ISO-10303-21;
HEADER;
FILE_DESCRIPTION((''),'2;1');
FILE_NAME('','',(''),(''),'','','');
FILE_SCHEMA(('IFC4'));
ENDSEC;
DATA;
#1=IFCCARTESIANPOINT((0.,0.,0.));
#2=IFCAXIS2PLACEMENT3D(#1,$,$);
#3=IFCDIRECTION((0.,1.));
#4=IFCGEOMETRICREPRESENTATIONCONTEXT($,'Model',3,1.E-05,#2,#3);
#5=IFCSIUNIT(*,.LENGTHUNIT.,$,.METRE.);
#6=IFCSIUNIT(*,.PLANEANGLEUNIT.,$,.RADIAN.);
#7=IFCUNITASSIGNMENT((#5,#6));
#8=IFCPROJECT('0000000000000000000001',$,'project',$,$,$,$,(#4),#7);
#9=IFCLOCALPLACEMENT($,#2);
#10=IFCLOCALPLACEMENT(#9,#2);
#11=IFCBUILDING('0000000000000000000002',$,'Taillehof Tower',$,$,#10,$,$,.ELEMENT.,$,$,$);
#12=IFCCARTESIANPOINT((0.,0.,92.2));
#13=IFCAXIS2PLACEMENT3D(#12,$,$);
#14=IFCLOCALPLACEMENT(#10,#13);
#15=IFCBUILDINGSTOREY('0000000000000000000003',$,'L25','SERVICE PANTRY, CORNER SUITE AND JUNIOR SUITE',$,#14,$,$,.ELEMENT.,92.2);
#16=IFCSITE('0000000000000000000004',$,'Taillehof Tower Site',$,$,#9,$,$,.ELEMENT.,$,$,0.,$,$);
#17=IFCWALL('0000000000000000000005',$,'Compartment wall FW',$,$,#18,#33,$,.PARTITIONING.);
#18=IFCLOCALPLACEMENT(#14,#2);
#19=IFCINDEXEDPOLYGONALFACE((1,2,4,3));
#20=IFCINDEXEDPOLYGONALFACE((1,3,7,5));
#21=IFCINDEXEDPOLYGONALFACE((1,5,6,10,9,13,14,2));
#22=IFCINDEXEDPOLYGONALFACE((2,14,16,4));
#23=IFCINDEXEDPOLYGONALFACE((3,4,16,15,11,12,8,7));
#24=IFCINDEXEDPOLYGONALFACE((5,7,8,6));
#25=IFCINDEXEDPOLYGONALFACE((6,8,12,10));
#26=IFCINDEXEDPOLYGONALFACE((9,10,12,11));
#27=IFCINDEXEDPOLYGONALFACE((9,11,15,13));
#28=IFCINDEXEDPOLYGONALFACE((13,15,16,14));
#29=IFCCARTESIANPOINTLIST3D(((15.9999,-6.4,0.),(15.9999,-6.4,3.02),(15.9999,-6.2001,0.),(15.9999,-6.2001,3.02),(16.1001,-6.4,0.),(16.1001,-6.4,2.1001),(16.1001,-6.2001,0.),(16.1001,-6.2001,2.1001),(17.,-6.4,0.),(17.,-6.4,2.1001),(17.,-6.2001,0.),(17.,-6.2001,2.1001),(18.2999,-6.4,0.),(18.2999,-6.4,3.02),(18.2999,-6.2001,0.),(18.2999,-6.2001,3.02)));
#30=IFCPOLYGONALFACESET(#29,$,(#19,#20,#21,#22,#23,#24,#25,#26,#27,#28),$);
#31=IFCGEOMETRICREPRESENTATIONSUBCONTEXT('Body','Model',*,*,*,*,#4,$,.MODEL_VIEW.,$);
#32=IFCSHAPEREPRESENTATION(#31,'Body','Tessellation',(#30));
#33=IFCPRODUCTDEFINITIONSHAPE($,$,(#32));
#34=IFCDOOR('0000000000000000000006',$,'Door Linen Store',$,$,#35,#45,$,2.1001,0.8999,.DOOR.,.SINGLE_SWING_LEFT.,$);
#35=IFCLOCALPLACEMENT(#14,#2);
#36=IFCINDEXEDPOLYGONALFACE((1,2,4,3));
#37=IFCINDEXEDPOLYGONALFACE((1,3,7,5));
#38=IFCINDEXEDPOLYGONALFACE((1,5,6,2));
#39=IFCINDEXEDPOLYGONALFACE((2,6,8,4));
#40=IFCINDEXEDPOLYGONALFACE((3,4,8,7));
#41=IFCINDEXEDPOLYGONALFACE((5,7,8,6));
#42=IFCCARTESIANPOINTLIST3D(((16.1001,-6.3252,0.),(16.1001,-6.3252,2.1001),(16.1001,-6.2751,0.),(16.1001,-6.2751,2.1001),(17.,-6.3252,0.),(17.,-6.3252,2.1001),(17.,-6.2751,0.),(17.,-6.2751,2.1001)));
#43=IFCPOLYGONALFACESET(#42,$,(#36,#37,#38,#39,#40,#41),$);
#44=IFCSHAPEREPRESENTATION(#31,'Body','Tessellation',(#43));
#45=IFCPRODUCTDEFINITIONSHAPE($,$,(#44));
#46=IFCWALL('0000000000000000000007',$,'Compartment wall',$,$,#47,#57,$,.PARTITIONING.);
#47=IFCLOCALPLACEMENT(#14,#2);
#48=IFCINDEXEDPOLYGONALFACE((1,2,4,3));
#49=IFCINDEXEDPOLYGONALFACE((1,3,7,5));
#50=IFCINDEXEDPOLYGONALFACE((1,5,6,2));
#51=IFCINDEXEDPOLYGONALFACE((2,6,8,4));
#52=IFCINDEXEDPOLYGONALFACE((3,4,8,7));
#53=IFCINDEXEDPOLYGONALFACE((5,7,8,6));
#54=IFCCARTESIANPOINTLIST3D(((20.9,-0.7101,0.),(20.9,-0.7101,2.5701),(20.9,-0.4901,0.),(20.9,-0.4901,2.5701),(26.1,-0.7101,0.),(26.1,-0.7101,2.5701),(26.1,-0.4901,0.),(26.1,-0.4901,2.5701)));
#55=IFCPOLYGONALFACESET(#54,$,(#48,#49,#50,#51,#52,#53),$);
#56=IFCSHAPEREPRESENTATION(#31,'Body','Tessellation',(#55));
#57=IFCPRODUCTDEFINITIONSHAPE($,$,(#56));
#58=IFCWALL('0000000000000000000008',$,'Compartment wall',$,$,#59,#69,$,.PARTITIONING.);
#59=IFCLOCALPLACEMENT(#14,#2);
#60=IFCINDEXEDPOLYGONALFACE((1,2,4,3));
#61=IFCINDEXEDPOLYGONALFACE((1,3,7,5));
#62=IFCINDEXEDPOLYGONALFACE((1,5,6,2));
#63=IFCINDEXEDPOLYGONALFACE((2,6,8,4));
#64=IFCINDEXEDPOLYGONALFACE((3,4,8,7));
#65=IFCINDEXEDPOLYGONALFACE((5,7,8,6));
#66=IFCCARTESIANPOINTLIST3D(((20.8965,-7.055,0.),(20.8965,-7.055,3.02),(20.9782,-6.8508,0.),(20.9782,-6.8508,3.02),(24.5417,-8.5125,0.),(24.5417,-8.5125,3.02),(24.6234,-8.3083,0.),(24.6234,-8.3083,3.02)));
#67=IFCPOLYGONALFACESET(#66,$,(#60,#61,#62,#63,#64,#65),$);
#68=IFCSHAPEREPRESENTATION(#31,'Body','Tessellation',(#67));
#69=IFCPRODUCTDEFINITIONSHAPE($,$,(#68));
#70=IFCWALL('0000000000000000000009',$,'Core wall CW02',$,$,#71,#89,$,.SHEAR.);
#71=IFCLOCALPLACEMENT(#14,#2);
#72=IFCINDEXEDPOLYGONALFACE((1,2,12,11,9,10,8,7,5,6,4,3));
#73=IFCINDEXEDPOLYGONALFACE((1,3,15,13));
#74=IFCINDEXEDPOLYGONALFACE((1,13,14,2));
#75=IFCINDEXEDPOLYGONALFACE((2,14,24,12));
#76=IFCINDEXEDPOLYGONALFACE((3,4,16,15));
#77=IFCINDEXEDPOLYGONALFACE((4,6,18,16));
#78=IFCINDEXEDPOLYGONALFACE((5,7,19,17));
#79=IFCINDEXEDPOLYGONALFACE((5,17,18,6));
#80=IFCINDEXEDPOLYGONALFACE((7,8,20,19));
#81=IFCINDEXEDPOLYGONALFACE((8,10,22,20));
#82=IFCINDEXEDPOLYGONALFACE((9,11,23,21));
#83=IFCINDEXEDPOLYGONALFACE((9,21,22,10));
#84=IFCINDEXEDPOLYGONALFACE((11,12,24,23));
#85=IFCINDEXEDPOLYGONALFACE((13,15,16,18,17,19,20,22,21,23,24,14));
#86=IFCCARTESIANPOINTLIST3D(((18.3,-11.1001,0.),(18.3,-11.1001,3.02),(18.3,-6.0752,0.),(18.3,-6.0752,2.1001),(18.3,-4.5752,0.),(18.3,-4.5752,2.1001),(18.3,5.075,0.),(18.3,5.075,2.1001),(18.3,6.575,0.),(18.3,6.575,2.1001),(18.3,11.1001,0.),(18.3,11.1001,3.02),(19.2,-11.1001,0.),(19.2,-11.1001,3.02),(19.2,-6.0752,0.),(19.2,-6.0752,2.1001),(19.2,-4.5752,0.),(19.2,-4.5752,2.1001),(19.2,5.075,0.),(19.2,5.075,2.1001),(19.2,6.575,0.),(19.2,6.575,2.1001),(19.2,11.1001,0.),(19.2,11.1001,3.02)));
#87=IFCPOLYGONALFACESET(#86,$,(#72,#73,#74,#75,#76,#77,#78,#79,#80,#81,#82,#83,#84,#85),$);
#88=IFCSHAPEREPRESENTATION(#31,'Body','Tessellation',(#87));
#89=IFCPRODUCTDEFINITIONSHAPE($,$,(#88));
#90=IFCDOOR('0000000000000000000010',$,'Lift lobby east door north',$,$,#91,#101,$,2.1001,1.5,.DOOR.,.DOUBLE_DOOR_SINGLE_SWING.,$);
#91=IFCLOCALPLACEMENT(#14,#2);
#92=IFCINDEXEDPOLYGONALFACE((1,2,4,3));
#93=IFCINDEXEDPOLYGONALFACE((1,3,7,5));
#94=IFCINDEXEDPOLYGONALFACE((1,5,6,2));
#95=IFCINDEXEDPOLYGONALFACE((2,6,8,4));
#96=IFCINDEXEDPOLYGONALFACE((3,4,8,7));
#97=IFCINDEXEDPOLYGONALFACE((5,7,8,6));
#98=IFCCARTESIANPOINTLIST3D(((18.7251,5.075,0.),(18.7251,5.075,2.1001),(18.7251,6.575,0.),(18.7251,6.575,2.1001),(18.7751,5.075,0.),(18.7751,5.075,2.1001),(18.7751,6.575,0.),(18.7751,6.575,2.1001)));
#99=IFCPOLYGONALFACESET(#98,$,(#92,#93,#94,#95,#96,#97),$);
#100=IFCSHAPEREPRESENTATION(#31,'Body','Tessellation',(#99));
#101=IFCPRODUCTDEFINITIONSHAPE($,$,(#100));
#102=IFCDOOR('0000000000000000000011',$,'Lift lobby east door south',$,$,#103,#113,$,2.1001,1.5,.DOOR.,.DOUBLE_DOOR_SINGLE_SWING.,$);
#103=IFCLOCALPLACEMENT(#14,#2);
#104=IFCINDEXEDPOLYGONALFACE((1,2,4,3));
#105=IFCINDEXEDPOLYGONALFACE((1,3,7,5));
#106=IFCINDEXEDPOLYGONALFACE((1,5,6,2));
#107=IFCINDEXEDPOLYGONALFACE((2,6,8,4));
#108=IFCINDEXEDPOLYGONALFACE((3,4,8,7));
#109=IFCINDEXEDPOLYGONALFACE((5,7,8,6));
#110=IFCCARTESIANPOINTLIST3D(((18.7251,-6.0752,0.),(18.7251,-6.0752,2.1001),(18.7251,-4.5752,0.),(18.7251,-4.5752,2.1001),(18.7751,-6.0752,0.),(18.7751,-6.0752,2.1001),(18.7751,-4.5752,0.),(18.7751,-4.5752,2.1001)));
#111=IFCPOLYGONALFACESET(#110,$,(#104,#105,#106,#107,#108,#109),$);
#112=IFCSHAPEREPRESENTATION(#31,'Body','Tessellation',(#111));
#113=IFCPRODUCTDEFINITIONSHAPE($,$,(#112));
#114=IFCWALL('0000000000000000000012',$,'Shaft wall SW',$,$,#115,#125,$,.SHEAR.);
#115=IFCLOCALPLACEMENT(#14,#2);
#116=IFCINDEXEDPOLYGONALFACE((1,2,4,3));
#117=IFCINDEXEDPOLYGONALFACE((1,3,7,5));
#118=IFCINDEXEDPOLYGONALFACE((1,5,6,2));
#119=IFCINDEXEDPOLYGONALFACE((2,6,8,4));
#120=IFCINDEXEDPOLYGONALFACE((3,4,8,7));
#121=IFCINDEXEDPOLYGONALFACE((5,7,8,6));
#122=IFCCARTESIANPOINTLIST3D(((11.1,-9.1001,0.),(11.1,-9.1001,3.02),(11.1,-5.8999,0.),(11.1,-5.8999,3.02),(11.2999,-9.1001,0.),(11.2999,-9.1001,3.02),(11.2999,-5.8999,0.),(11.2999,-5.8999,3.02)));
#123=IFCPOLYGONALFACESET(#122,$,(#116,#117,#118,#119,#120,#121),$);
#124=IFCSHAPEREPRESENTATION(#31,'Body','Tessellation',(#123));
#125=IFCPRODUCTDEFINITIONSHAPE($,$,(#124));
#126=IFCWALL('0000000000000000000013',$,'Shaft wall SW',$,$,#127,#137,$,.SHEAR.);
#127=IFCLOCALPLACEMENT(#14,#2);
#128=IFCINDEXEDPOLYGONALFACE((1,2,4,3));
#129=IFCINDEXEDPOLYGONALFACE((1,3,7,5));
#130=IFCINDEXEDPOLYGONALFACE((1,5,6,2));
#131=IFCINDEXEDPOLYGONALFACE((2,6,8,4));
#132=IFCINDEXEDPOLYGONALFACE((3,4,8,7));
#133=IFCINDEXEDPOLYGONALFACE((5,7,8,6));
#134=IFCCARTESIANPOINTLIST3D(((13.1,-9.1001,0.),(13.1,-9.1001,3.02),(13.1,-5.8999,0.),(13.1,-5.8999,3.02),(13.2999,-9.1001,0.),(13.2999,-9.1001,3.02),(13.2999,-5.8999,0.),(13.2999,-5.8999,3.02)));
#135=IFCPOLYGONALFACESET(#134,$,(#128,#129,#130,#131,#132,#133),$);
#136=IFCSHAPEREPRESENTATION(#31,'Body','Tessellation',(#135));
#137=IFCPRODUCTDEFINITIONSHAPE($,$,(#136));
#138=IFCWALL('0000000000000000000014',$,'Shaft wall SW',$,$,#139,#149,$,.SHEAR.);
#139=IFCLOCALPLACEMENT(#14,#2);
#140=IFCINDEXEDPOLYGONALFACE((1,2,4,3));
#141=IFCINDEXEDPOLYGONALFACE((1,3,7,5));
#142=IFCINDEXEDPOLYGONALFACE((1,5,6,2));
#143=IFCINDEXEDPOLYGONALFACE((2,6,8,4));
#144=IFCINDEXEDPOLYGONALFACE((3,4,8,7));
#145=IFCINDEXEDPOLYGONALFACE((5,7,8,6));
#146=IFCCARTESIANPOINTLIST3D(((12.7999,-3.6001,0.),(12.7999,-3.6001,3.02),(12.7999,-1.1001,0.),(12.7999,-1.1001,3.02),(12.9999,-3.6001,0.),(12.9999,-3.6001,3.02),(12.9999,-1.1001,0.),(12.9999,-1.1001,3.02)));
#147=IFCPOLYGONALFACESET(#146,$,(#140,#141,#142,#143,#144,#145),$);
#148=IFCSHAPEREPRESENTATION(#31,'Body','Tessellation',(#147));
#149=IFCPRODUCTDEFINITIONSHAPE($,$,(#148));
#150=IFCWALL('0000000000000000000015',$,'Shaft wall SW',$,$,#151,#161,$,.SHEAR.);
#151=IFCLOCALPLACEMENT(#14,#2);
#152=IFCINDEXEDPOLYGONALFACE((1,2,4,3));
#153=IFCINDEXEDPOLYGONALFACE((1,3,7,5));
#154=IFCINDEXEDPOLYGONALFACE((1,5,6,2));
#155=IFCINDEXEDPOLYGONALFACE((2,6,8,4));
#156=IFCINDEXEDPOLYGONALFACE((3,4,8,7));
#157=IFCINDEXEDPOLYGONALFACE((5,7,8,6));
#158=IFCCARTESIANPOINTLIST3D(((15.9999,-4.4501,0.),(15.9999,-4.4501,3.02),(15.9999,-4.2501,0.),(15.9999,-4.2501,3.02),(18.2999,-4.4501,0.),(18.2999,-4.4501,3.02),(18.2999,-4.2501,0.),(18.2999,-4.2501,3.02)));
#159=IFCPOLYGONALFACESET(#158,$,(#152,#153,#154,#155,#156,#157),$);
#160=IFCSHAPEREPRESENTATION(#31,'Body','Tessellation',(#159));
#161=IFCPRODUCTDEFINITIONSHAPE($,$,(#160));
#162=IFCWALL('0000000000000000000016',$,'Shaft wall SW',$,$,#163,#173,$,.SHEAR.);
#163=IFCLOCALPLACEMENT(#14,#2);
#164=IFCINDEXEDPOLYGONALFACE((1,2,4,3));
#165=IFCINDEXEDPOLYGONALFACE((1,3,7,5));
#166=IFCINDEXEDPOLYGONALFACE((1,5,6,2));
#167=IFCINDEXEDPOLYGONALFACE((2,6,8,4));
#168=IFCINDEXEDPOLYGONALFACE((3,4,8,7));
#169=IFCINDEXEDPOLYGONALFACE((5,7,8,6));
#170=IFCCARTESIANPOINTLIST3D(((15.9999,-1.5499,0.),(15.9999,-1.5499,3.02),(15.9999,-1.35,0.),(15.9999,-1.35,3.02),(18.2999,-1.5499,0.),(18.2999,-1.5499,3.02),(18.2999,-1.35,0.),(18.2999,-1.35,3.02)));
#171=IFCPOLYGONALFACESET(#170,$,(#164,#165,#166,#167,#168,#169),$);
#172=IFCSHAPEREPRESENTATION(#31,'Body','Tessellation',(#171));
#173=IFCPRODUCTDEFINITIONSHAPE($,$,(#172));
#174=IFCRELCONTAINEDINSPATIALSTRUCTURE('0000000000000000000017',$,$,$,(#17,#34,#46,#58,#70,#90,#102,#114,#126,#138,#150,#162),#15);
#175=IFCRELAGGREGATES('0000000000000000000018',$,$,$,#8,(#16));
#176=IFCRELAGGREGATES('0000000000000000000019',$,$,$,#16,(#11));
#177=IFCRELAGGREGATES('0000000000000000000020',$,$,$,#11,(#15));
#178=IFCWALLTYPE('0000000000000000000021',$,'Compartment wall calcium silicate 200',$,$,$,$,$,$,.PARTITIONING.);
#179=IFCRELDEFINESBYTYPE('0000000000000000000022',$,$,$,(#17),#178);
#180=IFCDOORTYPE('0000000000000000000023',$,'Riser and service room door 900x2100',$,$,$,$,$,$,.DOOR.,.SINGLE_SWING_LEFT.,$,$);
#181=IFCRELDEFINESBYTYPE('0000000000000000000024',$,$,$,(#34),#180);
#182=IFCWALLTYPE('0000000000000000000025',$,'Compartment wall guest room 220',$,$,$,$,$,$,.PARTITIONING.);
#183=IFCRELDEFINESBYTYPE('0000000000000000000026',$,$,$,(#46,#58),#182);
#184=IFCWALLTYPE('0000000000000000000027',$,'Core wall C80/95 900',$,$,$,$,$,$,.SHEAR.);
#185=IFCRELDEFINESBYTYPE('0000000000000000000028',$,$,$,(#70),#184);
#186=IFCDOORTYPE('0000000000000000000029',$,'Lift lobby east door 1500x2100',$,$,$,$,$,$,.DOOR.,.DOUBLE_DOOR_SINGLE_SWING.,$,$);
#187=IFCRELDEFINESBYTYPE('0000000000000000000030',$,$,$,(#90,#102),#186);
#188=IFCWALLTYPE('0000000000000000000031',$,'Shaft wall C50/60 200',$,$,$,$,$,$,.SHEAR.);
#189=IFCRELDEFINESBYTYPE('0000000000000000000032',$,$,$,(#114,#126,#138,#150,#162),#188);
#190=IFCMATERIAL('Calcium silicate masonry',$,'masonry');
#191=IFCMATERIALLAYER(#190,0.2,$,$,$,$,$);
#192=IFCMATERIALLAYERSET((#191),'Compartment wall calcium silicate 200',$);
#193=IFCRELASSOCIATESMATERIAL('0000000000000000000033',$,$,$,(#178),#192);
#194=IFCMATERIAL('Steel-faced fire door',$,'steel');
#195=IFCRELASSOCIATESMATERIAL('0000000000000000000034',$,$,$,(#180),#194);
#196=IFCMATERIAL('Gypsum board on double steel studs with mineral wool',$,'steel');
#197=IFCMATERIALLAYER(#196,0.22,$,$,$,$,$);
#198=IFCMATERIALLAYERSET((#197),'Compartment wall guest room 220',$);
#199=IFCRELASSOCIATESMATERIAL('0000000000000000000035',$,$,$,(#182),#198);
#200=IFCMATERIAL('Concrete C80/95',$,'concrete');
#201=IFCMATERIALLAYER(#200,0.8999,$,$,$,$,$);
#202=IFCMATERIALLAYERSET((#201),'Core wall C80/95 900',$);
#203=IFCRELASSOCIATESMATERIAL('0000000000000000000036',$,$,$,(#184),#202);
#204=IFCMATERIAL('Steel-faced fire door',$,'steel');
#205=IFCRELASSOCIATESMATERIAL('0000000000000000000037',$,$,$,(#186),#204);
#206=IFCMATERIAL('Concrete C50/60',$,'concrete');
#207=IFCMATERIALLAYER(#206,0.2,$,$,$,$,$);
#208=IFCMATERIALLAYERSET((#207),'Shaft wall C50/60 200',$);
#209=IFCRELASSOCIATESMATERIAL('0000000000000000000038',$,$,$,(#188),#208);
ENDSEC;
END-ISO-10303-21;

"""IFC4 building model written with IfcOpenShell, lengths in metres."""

from ifc_helpers import new_model, si_unit, direction, frame, frame_2d, origin, place, context, subcontext, project, spatial, rectangle, extrude, material, layer, layer_set, type_object, element, fill, save


model = new_model("IFC4")

# Units and contexts
model_context = context("Model", 3, precision=1e-05, world=origin(), true_north=direction((0.0, 1.0)))
body_context = subcontext(model_context, "Body", "Model", "MODEL_VIEW")
ifc_project = project(units=[si_unit("LENGTHUNIT", "METRE"), si_unit("PLANEANGLEUNIT", "RADIAN")], contexts=[model_context])

# Site, building, storey
site_placement = place(None, origin())
site = spatial("IfcSite", under=ifc_project, at=site_placement, Name="Taillehof Tower Site", CompositionType="ELEMENT", RefElevation=0.0)
building_placement = place(site_placement, origin())
building = spatial("IfcBuilding", under=site, at=building_placement, Name="Taillehof Tower", CompositionType="ELEMENT")
storey_placement = place(building_placement, frame((0.0, 0.0, 92.2)))
storey = spatial("IfcBuildingStorey", under=building, at=storey_placement, Name="L25", Description="SERVICE PANTRY, CORNER SUITE AND JUNIOR SUITE", CompositionType="ELEMENT", Elevation=92.2)

# Shared definitions
ifc_material_1 = material(Name="Calcium silicate masonry", Category="masonry")
ifc_layer_1 = layer(ifc_material_1, 0.2)
ifc_layer_set_1 = layer_set([ifc_layer_1], Name="Compartment wall calcium silicate 200")
wall_type_1 = type_object("IfcWallType", Name="Compartment wall calcium silicate 200", PredefinedType="PARTITIONING", material=ifc_layer_set_1)

# Wall, opening, door
wall_1_placement = place(storey_placement, frame((16.0, -6.3, 0.0), z_axis=(0.0, 0.0, 1.0), x_axis=(1.0, 0.0, 0.0)))
wall_1 = element("IfcWall", 1, at=wall_1_placement, inside=storey, type_object=wall_type_1, Name="Compartment wall FW", PredefinedType="PARTITIONING", context=body_context, shape_type="SweptSolid", body=[
    extrude(rectangle(XDim=2.3, YDim=0.2, at=frame_2d((1.1499, 0.0))), origin(), (0.0, 0.0, 1.0), 3.02),
])
opening_1_placement = place(wall_1_placement, frame((0.1001, 0.0, 0.0)))
opening_1 = element("IfcOpeningElement", 2, at=opening_1_placement, cuts=wall_1, PredefinedType="OPENING", context=body_context, shape_type="SweptSolid", body=[
    extrude(rectangle(XDim=0.8999, YDim=2.1001, at=frame_2d((0.45, 1.05))), frame((0.0, 0.1099, 0.0), z_axis=(0.0, -1.0, 0.0), x_axis=(1.0, 0.0, 0.0)), (0.0, 0.0, 1.0), 0.22),
])
ifc_material_2 = material(Name="Steel-faced fire door", Category="steel")
door_type_1 = type_object("IfcDoorType", Name="Riser and service room door 900x2100", OperationType="SINGLE_SWING_LEFT", PredefinedType="DOOR", material=ifc_material_2)
door_1_placement = place(opening_1_placement, origin())
door_1 = element("IfcDoor", 3, at=door_1_placement, inside=storey, type_object=door_type_1, Name="Door Linen Store", OperationType="SINGLE_SWING_LEFT", OverallHeight=2.1001, OverallWidth=0.8999, PredefinedType="DOOR", context=body_context, shape_type="SweptSolid", body=[
    extrude(rectangle(XDim=0.8999, YDim=2.1001, at=frame_2d((0.45, 1.05))), frame((0.0, 0.0249, 0.0), z_axis=(0.0, -1.0, 0.0), x_axis=(1.0, 0.0, 0.0)), (0.0, 0.0, 1.0), 0.05),
])
fill(opening_1, door_1)

# Walls
ifc_material_3 = material(Name="Gypsum board on double steel studs with mineral wool", Category="steel")
ifc_layer_2 = layer(ifc_material_3, 0.22)
ifc_layer_set_2 = layer_set([ifc_layer_2], Name="Compartment wall guest room 220")
wall_type_2 = type_object("IfcWallType", Name="Compartment wall guest room 220", PredefinedType="PARTITIONING", material=ifc_layer_set_2)
wall_2_placement = place(storey_placement, frame((26.1001, -0.6001, 0.0), z_axis=(0.0, 0.0, 1.0), x_axis=(-1.0, 0.0, 0.0)))
element("IfcWall", 4, at=wall_2_placement, inside=storey, type_object=wall_type_2, Name="Compartment wall", PredefinedType="PARTITIONING", context=body_context, shape_type="SweptSolid", body=[
    extrude(rectangle(XDim=5.2, YDim=0.22, at=frame_2d((2.6001, 0.0))), origin(), (0.0, 0.0, 1.0), 2.5701),
])
wall_3_placement = place(storey_placement, frame((24.5825, -8.4104, 0.0), z_axis=(0.0, 0.0, 1.0), x_axis=(-0.928528, 0.371262, 0.0)))
element("IfcWall", 5, at=wall_3_placement, inside=storey, type_object=wall_type_2, Name="Compartment wall", PredefinedType="PARTITIONING", context=body_context, shape_type="SweptSolid", body=[
    extrude(rectangle(XDim=3.9258, YDim=0.22, at=frame_2d((1.9629, 0.0))), origin(), (0.0, 0.0, 1.0), 3.02),
])

# Wall, openings, doors
ifc_material_4 = material(Name="Concrete C80/95", Category="concrete")
ifc_layer_3 = layer(ifc_material_4, 0.8999)
ifc_layer_set_3 = layer_set([ifc_layer_3], Name="Core wall C80/95 900")
wall_type_3 = type_object("IfcWallType", Name="Core wall C80/95 900", PredefinedType="SHEAR", material=ifc_layer_set_3)
wall_4_placement = place(storey_placement, frame((18.75, -11.1001, 0.0), z_axis=(0.0, 0.0, 1.0), x_axis=(0.0, 1.0, 0.0)))
wall_4 = element("IfcWall", 6, at=wall_4_placement, inside=storey, type_object=wall_type_3, Name="Core wall CW02", PredefinedType="SHEAR", context=body_context, shape_type="SweptSolid", body=[
    extrude(rectangle(XDim=22.2002, YDim=0.8999, at=frame_2d((11.1001, 0.0))), origin(), (0.0, 0.0, 1.0), 3.02),
])
opening_2_placement = place(wall_4_placement, frame((16.175, 0.0, 0.0)))
opening_2 = element("IfcOpeningElement", 7, at=opening_2_placement, cuts=wall_4, PredefinedType="OPENING", context=body_context, shape_type="SweptSolid", body=[
    extrude(rectangle(XDim=1.5, YDim=2.1001, at=frame_2d((0.75, 1.05))), frame((0.0, 0.46, 0.0), z_axis=(0.0, -1.0, 0.0), x_axis=(1.0, 0.0, 0.0)), (0.0, 0.0, 1.0), 0.9199),
])
opening_3_placement = place(wall_4_placement, frame((5.0249, 0.0, 0.0)))
opening_3 = element("IfcOpeningElement", 8, at=opening_3_placement, cuts=wall_4, PredefinedType="OPENING", context=body_context, shape_type="SweptSolid", body=[
    extrude(rectangle(XDim=1.5, YDim=2.1001, at=frame_2d((0.75, 1.05))), frame((0.0, 0.46, 0.0), z_axis=(0.0, -1.0, 0.0), x_axis=(1.0, 0.0, 0.0)), (0.0, 0.0, 1.0), 0.9199),
])
ifc_material_5 = material(Name="Steel-faced fire door", Category="steel")
door_type_2 = type_object("IfcDoorType", Name="Lift lobby east door 1500x2100", OperationType="DOUBLE_DOOR_SINGLE_SWING", PredefinedType="DOOR", material=ifc_material_5)
door_2_placement = place(opening_2_placement, origin())
door_2 = element("IfcDoor", 9, at=door_2_placement, inside=storey, type_object=door_type_2, Name="Lift lobby east door north", OperationType="DOUBLE_DOOR_SINGLE_SWING", OverallHeight=2.1001, OverallWidth=1.5, PredefinedType="DOOR", context=body_context, shape_type="SweptSolid", body=[
    extrude(rectangle(XDim=1.5, YDim=2.1001, at=frame_2d((0.75, 1.05))), frame((0.0, 0.0249, 0.0), z_axis=(0.0, -1.0, 0.0), x_axis=(1.0, 0.0, 0.0)), (0.0, 0.0, 1.0), 0.05),
])
fill(opening_2, door_2)
door_3_placement = place(opening_3_placement, origin())
door_3 = element("IfcDoor", 10, at=door_3_placement, inside=storey, type_object=door_type_2, Name="Lift lobby east door south", OperationType="DOUBLE_DOOR_SINGLE_SWING", OverallHeight=2.1001, OverallWidth=1.5, PredefinedType="DOOR", context=body_context, shape_type="SweptSolid", body=[
    extrude(rectangle(XDim=1.5, YDim=2.1001, at=frame_2d((0.75, 1.05))), frame((0.0, 0.0249, 0.0), z_axis=(0.0, -1.0, 0.0), x_axis=(1.0, 0.0, 0.0)), (0.0, 0.0, 1.0), 0.05),
])
fill(opening_3, door_3)

# Walls
ifc_material_6 = material(Name="Concrete C50/60", Category="concrete")
ifc_layer_4 = layer(ifc_material_6, 0.2)
ifc_layer_set_4 = layer_set([ifc_layer_4], Name="Shaft wall C50/60 200")
wall_type_4 = type_object("IfcWallType", Name="Shaft wall C50/60 200", PredefinedType="SHEAR", material=ifc_layer_set_4)
for number, where, z_axis, x_axis, name in (
    (11, (11.2, -9.1001, 0.0), (0.0, 0.0, 1.0), (0.0, 1.0, 0.0), "Shaft wall SW"),
    (12, (13.2, -9.1001, 0.0), (0.0, 0.0, 1.0), (0.0, 1.0, 0.0), "Shaft wall SW"),
):
    element("IfcWall", number, at=place(storey_placement, frame(where, z_axis=z_axis, x_axis=x_axis)), inside=storey, type_object=wall_type_4, Name=name, PredefinedType="SHEAR", context=body_context, shape_type="SweptSolid", body=[
        extrude(rectangle(XDim=3.2002, YDim=0.2, at=frame_2d((1.6001, 0.0))), origin(), (0.0, 0.0, 1.0), 3.02),
    ])
wall_5_placement = place(storey_placement, frame((12.8999, -3.6001, 0.0), z_axis=(0.0, 0.0, 1.0), x_axis=(0.0, 1.0, 0.0)))
element("IfcWall", 13, at=wall_5_placement, inside=storey, type_object=wall_type_4, Name="Shaft wall SW", PredefinedType="SHEAR", context=body_context, shape_type="SweptSolid", body=[
    extrude(rectangle(XDim=2.5, YDim=0.2, at=frame_2d((1.25, 0.0))), origin(), (0.0, 0.0, 1.0), 3.02),
])
for number, where, z_axis, x_axis, name in (
    (14, (16.0, -4.3501, 0.0), (0.0, 0.0, 1.0), (1.0, 0.0, 0.0), "Shaft wall SW"),
    (15, (16.0, -1.45, 0.0), (0.0, 0.0, 1.0), (1.0, 0.0, 0.0), "Shaft wall SW"),
):
    element("IfcWall", number, at=place(storey_placement, frame(where, z_axis=z_axis, x_axis=x_axis)), inside=storey, type_object=wall_type_4, Name=name, PredefinedType="SHEAR", context=body_context, shape_type="SweptSolid", body=[
        extrude(rectangle(XDim=2.3, YDim=0.2, at=frame_2d((1.1499, 0.0))), origin(), (0.0, 0.0, 1.0), 3.02),
    ])

save(model, "model.ifc")
